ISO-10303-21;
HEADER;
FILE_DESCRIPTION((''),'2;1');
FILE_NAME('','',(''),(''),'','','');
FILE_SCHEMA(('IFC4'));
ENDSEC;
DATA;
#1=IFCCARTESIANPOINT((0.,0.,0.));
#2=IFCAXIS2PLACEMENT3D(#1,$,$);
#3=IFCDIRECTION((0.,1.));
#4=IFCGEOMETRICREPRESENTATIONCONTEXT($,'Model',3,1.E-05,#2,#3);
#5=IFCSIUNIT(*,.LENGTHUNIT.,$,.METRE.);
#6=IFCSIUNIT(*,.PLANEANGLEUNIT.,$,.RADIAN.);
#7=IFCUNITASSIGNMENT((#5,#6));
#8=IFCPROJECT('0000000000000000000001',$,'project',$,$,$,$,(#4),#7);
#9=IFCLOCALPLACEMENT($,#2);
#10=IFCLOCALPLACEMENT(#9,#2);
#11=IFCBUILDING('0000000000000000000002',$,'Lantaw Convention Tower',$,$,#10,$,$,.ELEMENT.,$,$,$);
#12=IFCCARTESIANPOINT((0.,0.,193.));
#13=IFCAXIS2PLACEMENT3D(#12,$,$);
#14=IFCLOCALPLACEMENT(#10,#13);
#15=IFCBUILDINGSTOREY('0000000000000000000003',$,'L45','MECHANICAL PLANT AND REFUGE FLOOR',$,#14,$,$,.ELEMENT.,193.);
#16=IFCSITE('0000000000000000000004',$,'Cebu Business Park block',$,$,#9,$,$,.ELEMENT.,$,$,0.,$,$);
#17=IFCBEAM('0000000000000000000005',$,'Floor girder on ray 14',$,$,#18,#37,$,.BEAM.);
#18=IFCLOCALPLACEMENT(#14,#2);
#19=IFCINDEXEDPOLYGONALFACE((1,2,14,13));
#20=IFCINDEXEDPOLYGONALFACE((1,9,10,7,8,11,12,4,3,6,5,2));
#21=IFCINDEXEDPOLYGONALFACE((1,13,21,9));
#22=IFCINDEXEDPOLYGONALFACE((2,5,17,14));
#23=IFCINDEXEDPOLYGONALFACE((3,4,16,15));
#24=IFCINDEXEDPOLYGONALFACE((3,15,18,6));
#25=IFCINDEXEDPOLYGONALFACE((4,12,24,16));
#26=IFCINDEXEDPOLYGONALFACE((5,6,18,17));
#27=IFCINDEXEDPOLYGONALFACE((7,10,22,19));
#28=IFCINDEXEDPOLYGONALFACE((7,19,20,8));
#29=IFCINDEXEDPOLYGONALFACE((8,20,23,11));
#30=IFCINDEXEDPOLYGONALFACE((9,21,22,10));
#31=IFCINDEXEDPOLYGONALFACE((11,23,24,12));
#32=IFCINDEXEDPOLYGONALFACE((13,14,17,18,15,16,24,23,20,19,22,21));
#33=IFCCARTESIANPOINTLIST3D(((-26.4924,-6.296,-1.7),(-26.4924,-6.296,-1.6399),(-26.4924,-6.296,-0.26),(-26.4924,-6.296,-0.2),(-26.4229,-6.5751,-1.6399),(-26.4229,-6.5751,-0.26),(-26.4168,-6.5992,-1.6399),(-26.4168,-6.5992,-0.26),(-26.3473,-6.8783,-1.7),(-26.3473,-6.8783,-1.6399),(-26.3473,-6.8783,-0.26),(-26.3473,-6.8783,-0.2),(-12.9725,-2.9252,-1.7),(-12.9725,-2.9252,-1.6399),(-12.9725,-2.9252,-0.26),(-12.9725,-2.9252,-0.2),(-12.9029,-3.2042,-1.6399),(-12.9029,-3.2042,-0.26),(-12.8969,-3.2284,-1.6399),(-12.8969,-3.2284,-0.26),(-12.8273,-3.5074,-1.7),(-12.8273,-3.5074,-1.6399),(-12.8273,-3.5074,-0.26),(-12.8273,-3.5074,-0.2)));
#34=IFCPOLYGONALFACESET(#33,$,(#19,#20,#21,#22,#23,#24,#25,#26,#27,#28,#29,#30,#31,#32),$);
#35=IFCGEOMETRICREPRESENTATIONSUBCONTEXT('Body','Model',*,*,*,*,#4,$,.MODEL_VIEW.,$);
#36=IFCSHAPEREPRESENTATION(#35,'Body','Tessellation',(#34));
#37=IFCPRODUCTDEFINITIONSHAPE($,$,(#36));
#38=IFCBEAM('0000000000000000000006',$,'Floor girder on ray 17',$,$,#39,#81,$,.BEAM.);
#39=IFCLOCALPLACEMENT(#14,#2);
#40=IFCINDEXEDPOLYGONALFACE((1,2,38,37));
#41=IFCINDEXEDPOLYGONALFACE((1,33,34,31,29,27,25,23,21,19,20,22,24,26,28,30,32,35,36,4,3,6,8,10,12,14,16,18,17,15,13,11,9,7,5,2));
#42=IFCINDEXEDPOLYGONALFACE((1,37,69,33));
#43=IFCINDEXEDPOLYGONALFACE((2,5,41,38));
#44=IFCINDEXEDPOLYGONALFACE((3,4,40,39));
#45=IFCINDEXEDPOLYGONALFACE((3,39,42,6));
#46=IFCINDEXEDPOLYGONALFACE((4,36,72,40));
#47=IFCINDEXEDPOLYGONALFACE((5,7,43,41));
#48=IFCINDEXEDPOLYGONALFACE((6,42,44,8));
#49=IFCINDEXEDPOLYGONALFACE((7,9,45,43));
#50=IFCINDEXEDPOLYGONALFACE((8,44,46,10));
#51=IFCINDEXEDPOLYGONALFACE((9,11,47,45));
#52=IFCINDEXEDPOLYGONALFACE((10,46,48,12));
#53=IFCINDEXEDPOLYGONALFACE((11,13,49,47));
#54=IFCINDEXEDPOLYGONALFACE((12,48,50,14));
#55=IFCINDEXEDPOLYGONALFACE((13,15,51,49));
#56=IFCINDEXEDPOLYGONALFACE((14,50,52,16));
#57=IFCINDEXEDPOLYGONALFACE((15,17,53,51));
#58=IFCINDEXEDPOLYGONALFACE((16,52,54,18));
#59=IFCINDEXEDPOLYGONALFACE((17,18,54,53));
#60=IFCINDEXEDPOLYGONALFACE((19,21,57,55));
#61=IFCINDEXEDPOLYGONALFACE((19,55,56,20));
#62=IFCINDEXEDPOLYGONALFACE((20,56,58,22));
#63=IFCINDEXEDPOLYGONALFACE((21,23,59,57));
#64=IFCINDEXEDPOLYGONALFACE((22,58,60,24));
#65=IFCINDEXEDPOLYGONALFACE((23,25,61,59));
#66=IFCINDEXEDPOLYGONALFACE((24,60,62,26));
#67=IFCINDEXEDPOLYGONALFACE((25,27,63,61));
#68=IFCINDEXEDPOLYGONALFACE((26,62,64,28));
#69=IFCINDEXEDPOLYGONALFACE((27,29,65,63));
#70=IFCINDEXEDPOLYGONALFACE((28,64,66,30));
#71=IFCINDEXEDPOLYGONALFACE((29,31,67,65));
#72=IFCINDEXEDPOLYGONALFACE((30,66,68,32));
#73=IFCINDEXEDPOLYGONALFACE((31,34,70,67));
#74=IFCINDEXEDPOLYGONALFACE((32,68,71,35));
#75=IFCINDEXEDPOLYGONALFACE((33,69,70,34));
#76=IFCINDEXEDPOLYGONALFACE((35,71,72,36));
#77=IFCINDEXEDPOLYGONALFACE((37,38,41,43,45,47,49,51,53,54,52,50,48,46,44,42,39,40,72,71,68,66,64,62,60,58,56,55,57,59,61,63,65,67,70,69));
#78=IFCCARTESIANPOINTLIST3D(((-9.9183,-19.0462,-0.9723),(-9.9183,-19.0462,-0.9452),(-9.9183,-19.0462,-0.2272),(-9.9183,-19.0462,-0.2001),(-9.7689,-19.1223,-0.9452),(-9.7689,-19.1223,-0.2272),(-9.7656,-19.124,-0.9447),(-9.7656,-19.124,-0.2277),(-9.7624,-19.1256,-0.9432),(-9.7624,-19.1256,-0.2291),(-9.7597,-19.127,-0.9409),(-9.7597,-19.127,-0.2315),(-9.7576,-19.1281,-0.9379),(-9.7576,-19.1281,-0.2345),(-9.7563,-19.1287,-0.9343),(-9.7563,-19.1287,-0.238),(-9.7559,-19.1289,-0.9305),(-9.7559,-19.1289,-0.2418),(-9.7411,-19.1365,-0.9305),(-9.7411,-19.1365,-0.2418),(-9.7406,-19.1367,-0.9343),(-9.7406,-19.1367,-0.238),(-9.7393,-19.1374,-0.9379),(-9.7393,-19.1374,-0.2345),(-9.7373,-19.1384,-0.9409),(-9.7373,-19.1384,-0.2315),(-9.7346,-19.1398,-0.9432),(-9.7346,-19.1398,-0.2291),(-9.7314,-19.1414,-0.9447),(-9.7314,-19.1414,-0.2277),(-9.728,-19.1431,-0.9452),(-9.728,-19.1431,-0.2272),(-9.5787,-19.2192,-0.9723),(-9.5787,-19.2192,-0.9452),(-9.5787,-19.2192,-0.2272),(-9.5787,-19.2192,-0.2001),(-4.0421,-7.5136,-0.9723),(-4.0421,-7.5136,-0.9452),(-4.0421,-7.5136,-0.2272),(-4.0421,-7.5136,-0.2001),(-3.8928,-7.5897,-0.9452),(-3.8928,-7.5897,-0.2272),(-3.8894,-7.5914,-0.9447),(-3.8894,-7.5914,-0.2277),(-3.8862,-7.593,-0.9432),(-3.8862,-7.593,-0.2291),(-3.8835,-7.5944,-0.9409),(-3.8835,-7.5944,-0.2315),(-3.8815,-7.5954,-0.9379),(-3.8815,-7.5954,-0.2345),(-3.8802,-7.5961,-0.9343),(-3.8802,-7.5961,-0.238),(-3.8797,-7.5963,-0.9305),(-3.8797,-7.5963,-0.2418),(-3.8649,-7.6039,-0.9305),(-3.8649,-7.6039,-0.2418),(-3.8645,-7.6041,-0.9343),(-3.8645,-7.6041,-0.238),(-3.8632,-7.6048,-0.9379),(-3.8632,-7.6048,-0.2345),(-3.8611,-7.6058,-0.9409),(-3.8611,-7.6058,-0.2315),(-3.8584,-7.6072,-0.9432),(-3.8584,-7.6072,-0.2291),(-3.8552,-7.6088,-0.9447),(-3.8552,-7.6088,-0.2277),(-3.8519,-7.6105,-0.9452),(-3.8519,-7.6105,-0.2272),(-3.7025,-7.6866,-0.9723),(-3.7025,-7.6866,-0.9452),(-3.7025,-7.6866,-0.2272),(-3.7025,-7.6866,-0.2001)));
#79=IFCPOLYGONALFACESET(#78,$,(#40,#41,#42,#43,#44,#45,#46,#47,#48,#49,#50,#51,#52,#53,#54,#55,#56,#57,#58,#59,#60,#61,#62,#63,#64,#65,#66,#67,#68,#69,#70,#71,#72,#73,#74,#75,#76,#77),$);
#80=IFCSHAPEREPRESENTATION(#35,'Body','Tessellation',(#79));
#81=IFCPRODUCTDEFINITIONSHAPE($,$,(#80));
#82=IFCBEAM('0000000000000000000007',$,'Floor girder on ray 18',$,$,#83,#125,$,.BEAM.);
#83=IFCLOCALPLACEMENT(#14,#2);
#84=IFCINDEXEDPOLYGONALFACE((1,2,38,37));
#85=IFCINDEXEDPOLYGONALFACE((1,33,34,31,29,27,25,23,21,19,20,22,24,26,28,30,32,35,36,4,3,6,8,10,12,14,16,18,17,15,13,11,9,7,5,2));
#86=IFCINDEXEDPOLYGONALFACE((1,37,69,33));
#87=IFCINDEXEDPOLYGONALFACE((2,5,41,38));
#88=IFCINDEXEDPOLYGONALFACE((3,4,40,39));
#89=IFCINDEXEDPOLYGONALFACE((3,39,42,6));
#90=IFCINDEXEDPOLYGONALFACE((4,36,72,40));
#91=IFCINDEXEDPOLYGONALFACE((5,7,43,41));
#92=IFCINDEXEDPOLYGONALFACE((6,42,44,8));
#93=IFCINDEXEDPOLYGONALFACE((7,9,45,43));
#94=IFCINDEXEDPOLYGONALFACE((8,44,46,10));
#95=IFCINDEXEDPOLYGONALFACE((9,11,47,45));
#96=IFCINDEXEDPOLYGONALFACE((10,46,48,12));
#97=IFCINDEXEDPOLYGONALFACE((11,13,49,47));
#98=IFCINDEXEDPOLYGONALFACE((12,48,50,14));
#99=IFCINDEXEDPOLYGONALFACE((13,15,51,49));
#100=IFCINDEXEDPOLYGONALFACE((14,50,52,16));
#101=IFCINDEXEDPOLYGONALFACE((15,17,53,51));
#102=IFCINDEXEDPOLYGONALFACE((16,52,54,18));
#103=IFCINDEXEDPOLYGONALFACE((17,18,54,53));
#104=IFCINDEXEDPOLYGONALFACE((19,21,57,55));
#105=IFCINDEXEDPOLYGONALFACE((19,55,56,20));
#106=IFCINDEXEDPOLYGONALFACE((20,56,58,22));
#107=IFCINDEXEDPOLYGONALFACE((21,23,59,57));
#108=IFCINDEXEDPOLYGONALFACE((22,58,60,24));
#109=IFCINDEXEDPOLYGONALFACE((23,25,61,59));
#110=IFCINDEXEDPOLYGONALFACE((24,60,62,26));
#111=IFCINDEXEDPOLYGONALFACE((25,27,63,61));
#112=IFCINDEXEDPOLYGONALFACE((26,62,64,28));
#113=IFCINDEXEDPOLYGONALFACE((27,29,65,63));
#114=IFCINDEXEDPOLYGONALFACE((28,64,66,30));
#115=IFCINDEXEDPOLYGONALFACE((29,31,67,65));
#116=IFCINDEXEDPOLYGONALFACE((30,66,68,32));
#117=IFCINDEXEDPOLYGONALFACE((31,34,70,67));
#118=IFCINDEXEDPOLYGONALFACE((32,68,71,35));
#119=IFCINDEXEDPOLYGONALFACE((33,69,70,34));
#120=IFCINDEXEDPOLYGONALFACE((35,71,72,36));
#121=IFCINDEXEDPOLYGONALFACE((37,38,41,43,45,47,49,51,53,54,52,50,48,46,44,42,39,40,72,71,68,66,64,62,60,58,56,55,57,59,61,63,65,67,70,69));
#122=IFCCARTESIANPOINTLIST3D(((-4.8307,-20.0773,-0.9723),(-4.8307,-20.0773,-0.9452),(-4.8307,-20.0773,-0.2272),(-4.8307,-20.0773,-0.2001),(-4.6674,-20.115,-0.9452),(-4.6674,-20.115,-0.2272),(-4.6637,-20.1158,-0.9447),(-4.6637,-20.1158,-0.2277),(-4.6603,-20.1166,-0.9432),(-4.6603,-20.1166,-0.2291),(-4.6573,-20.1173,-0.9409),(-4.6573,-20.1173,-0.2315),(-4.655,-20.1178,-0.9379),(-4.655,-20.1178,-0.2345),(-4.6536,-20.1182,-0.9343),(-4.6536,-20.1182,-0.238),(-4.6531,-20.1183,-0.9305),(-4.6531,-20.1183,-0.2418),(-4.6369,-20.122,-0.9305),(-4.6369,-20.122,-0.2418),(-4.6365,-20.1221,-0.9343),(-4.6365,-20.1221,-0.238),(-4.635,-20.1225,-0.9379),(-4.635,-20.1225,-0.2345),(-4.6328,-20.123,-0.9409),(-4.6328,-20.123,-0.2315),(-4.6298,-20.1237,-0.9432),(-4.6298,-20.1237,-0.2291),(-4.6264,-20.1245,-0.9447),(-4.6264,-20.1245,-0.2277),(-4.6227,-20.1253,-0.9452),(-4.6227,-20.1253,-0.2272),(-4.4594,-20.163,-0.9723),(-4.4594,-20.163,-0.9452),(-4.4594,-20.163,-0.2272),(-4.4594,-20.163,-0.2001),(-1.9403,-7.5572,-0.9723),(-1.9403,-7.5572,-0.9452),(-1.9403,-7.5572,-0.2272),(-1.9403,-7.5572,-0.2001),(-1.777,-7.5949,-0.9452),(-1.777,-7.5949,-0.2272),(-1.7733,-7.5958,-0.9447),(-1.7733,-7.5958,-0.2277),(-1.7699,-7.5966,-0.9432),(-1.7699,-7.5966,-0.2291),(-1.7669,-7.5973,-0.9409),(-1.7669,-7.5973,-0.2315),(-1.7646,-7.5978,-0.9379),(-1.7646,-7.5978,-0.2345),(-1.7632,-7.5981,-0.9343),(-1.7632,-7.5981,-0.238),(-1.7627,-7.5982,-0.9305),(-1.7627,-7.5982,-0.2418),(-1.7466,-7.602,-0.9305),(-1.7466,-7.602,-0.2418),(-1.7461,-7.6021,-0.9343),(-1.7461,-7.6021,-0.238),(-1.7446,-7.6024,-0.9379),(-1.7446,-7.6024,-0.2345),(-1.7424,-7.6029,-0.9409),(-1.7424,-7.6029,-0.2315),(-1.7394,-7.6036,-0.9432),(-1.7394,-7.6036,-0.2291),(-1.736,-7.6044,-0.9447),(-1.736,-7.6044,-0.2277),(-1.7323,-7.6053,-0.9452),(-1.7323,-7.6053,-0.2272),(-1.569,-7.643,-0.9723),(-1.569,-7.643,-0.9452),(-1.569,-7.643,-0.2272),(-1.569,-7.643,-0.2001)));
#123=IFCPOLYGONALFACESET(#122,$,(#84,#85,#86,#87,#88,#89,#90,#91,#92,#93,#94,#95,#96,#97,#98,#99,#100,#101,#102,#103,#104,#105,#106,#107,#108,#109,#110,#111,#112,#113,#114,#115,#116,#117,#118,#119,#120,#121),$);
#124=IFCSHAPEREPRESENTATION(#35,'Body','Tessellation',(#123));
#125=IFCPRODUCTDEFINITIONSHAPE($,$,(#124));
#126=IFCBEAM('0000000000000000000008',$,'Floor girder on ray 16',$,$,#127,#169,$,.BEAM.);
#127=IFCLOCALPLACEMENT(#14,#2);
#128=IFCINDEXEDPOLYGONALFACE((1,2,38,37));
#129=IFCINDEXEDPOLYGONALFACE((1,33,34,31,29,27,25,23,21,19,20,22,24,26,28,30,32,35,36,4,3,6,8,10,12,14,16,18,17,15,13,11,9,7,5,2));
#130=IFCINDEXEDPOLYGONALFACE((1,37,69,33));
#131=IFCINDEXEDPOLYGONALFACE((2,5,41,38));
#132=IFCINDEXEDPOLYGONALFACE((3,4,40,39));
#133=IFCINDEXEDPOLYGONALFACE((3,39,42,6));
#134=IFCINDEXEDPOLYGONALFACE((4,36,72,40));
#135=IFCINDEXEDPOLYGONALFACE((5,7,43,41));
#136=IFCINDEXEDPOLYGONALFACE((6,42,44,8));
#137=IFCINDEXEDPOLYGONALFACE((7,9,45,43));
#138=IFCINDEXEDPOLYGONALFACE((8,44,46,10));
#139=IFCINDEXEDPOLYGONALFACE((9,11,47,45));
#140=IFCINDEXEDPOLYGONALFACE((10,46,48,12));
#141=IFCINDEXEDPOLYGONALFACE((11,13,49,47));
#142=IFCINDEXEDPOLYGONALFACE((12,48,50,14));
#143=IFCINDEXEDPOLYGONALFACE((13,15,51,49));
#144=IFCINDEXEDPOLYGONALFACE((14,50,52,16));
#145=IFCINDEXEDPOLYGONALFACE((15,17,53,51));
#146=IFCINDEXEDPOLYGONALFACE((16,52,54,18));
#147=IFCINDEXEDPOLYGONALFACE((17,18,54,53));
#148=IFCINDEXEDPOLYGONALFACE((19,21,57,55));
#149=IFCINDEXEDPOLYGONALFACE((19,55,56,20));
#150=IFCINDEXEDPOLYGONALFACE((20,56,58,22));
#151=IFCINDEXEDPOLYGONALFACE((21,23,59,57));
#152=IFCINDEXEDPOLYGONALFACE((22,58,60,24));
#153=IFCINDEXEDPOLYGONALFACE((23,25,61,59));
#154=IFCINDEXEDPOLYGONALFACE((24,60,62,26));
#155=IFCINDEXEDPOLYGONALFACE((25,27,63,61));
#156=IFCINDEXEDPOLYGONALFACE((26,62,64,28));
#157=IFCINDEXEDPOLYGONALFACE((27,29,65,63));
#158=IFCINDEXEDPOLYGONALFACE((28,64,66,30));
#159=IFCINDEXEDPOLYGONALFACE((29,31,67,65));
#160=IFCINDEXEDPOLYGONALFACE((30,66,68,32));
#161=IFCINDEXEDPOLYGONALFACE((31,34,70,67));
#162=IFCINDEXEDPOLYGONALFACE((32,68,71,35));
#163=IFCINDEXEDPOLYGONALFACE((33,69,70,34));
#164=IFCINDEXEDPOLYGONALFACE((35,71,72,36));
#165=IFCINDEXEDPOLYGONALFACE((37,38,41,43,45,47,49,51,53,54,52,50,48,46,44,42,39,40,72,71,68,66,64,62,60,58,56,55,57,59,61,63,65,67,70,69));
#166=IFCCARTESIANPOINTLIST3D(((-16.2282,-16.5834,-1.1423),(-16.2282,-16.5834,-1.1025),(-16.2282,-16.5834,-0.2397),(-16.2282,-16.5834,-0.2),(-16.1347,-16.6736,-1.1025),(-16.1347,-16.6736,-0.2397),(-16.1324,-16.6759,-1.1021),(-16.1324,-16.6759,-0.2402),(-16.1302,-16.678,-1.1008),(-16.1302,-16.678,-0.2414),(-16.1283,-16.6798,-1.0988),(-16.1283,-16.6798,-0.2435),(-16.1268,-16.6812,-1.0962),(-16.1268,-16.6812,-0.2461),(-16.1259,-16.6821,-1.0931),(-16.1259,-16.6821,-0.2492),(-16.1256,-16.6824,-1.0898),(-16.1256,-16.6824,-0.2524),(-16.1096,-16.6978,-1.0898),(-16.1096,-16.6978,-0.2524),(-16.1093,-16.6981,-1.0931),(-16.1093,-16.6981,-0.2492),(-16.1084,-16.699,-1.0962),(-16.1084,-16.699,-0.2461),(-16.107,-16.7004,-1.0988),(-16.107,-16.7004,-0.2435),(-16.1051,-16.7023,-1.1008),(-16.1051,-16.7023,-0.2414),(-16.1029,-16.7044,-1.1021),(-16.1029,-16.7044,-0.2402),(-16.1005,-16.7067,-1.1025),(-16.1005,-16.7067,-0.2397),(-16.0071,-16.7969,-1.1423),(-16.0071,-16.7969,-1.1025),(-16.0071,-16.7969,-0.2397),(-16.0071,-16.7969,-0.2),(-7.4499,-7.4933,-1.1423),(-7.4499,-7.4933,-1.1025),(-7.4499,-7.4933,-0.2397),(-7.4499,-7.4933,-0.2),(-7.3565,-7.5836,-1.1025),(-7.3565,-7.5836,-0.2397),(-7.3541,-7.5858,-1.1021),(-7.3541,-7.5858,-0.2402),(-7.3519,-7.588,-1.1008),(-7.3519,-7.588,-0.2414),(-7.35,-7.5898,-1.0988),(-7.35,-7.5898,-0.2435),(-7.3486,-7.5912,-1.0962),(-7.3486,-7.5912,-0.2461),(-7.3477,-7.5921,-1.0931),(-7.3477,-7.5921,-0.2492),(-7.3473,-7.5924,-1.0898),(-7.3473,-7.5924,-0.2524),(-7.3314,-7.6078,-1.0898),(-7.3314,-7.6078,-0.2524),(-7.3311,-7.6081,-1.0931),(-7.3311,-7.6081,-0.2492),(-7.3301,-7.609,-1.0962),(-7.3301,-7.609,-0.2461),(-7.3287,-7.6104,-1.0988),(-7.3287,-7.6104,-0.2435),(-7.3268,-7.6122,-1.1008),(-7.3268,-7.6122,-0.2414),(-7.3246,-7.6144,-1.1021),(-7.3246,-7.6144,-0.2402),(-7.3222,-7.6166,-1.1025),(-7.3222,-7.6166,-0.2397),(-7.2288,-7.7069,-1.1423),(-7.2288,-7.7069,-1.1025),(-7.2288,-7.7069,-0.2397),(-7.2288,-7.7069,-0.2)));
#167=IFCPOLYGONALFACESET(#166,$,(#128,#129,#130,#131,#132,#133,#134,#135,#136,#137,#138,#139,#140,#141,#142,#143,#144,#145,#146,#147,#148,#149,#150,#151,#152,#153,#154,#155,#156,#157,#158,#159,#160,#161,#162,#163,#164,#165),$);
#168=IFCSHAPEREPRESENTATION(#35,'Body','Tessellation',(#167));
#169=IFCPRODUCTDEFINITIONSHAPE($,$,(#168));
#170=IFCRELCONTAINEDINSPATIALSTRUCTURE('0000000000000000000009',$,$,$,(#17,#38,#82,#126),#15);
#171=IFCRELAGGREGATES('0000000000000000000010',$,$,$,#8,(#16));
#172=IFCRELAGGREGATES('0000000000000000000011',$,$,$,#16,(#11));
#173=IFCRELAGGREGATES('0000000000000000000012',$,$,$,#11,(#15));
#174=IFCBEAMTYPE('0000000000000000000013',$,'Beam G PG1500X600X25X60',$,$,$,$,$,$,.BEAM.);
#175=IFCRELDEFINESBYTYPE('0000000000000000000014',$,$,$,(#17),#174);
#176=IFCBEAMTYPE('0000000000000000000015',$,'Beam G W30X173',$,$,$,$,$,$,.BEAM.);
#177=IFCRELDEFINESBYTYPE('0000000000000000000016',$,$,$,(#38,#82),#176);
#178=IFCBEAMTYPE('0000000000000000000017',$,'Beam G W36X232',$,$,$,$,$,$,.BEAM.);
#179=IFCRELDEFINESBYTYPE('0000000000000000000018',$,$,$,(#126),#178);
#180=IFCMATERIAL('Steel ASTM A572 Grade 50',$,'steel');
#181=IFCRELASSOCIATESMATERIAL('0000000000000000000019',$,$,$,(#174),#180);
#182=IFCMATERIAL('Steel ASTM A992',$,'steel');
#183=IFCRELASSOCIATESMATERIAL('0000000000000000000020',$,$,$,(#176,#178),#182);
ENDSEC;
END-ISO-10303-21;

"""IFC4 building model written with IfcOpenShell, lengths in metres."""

from ifc_helpers import new_model, si_unit, direction, frame, origin, origin_2d, place, context, subcontext, project, spatial, i_section, extrude, material, material_profile, profile_set, type_object, element, save


model = new_model("IFC4")

# Units and contexts
model_context = context("Model", 3, precision=1e-05, world=origin(), true_north=direction((0.0, 1.0)))
body_context = subcontext(model_context, "Body", "Model", "MODEL_VIEW")
ifc_project = project(units=[si_unit("LENGTHUNIT", "METRE"), si_unit("PLANEANGLEUNIT", "RADIAN")], contexts=[model_context])

# Site, building, storey
site_placement = place(None, origin())
site = spatial("IfcSite", under=ifc_project, at=site_placement, Name="Cebu Business Park block", CompositionType="ELEMENT", RefElevation=0.0)
building_placement = place(site_placement, origin())
building = spatial("IfcBuilding", under=site, at=building_placement, Name="Lantaw Convention Tower", CompositionType="ELEMENT")
storey_placement = place(building_placement, frame((0.0, 0.0, 193.0)))
storey = spatial("IfcBuildingStorey", under=building, at=storey_placement, Name="L45", Description="MECHANICAL PLANT AND REFUGE FLOOR", CompositionType="ELEMENT", Elevation=193.0)

# Beams
ifc_material_1 = material(Name="Steel ASTM A572 Grade 50", Category="steel")
ifc_material_profile_1 = material_profile(ifc_material_1, i_section(OverallWidth=0.6001, OverallDepth=1.5, WebThickness=0.0249, FlangeThickness=0.0601, at=origin_2d()), Name="PG1500X600X25X60")
ifc_profile_set_1 = profile_set([ifc_material_profile_1], Name="Steel ASTM A572 Grade 50")
beam_type_1 = type_object("IfcBeamType", Name="Beam G PG1500X600X25X60", PredefinedType="BEAM", material=ifc_profile_set_1)
beam_1_placement = place(storey_placement, frame((-12.8999, -3.2163, -0.95), z_axis=(-0.970297, -0.241917, 0.0), x_axis=(0.241917, -0.970297, 0.0)))
element("IfcBeam", 1, at=beam_1_placement, inside=storey, type_object=beam_type_1, Name="Floor girder on ray 14", PredefinedType="BEAM", context=body_context, shape_type="SweptSolid", body=[
    extrude(i_section(OverallWidth=0.6001, OverallDepth=1.5, WebThickness=0.0249, FlangeThickness=0.0601, at=origin_2d()), origin(), (0.0, 0.0, 1.0), 13.9338),
])
ifc_material_2 = material(Name="Steel ASTM A992", Category="steel")
ifc_material_profile_2 = material_profile(ifc_material_2, i_section(OverallWidth=0.3811, OverallDepth=0.7722, WebThickness=0.0166, FlangeThickness=0.0271, FilletRadius=0.0146, at=origin_2d()), Name="W30X173")
ifc_profile_set_2 = profile_set([ifc_material_profile_2], Name="Steel ASTM A992")
beam_type_2 = type_object("IfcBeamType", Name="Beam G W30X173", PredefinedType="BEAM", material=ifc_profile_set_2)
beam_2_placement = place(storey_placement, frame((-3.8723, -7.6001, -0.5862), z_axis=(-0.453991, -0.891006, 0.0), x_axis=(0.891006, -0.453991, 0.0)))
element("IfcBeam", 2, at=beam_2_placement, inside=storey, type_object=beam_type_2, Name="Floor girder on ray 17", PredefinedType="BEAM", context=body_context, shape_type="SweptSolid", body=[
    extrude(i_section(OverallWidth=0.3811, OverallDepth=0.7722, WebThickness=0.0166, FlangeThickness=0.0271, FilletRadius=0.0146, at=origin_2d()), origin(), (0.0, 0.0, 1.0), 12.9434),
])
beam_3_placement = place(storey_placement, frame((-1.7546, -7.6001, -0.5862), z_axis=(-0.224944, -0.974372, 0.0), x_axis=(0.974372, -0.224944, 0.0)))
element("IfcBeam", 3, at=beam_3_placement, inside=storey, type_object=beam_type_2, Name="Floor girder on ray 18", PredefinedType="BEAM", context=body_context, shape_type="SweptSolid", body=[
    extrude(i_section(OverallWidth=0.3811, OverallDepth=0.7722, WebThickness=0.0166, FlangeThickness=0.0271, FilletRadius=0.0146, at=origin_2d()), origin(), (0.0, 0.0, 1.0), 12.8494),
])
ifc_material_profile_3 = material_profile(ifc_material_2, i_section(OverallWidth=0.3074, OverallDepth=0.9424, WebThickness=0.0222, FlangeThickness=0.0398, FilletRadius=0.0127, at=origin_2d()), Name="W36X232")
ifc_profile_set_3 = profile_set([ifc_material_profile_3], Name="Steel ASTM A992")
beam_type_3 = type_object("IfcBeamType", Name="Beam G W36X232", PredefinedType="BEAM", material=ifc_profile_set_3)
beam_4_placement = place(storey_placement, frame((-7.3394, -7.6001, -0.6711), z_axis=(-0.694663, -0.719335, 0.0), x_axis=(0.719335, -0.694663, 0.0)))
element("IfcBeam", 4, at=beam_4_placement, inside=storey, type_object=beam_type_3, Name="Floor girder on ray 16", PredefinedType="BEAM", context=body_context, shape_type="SweptSolid", body=[
    extrude(i_section(OverallWidth=0.3074, OverallDepth=0.9424, WebThickness=0.0222, FlangeThickness=0.0398, FilletRadius=0.0127, at=origin_2d()), origin(), (0.0, 0.0, 1.0), 12.6367),
])

save(model, "model.ifc")
